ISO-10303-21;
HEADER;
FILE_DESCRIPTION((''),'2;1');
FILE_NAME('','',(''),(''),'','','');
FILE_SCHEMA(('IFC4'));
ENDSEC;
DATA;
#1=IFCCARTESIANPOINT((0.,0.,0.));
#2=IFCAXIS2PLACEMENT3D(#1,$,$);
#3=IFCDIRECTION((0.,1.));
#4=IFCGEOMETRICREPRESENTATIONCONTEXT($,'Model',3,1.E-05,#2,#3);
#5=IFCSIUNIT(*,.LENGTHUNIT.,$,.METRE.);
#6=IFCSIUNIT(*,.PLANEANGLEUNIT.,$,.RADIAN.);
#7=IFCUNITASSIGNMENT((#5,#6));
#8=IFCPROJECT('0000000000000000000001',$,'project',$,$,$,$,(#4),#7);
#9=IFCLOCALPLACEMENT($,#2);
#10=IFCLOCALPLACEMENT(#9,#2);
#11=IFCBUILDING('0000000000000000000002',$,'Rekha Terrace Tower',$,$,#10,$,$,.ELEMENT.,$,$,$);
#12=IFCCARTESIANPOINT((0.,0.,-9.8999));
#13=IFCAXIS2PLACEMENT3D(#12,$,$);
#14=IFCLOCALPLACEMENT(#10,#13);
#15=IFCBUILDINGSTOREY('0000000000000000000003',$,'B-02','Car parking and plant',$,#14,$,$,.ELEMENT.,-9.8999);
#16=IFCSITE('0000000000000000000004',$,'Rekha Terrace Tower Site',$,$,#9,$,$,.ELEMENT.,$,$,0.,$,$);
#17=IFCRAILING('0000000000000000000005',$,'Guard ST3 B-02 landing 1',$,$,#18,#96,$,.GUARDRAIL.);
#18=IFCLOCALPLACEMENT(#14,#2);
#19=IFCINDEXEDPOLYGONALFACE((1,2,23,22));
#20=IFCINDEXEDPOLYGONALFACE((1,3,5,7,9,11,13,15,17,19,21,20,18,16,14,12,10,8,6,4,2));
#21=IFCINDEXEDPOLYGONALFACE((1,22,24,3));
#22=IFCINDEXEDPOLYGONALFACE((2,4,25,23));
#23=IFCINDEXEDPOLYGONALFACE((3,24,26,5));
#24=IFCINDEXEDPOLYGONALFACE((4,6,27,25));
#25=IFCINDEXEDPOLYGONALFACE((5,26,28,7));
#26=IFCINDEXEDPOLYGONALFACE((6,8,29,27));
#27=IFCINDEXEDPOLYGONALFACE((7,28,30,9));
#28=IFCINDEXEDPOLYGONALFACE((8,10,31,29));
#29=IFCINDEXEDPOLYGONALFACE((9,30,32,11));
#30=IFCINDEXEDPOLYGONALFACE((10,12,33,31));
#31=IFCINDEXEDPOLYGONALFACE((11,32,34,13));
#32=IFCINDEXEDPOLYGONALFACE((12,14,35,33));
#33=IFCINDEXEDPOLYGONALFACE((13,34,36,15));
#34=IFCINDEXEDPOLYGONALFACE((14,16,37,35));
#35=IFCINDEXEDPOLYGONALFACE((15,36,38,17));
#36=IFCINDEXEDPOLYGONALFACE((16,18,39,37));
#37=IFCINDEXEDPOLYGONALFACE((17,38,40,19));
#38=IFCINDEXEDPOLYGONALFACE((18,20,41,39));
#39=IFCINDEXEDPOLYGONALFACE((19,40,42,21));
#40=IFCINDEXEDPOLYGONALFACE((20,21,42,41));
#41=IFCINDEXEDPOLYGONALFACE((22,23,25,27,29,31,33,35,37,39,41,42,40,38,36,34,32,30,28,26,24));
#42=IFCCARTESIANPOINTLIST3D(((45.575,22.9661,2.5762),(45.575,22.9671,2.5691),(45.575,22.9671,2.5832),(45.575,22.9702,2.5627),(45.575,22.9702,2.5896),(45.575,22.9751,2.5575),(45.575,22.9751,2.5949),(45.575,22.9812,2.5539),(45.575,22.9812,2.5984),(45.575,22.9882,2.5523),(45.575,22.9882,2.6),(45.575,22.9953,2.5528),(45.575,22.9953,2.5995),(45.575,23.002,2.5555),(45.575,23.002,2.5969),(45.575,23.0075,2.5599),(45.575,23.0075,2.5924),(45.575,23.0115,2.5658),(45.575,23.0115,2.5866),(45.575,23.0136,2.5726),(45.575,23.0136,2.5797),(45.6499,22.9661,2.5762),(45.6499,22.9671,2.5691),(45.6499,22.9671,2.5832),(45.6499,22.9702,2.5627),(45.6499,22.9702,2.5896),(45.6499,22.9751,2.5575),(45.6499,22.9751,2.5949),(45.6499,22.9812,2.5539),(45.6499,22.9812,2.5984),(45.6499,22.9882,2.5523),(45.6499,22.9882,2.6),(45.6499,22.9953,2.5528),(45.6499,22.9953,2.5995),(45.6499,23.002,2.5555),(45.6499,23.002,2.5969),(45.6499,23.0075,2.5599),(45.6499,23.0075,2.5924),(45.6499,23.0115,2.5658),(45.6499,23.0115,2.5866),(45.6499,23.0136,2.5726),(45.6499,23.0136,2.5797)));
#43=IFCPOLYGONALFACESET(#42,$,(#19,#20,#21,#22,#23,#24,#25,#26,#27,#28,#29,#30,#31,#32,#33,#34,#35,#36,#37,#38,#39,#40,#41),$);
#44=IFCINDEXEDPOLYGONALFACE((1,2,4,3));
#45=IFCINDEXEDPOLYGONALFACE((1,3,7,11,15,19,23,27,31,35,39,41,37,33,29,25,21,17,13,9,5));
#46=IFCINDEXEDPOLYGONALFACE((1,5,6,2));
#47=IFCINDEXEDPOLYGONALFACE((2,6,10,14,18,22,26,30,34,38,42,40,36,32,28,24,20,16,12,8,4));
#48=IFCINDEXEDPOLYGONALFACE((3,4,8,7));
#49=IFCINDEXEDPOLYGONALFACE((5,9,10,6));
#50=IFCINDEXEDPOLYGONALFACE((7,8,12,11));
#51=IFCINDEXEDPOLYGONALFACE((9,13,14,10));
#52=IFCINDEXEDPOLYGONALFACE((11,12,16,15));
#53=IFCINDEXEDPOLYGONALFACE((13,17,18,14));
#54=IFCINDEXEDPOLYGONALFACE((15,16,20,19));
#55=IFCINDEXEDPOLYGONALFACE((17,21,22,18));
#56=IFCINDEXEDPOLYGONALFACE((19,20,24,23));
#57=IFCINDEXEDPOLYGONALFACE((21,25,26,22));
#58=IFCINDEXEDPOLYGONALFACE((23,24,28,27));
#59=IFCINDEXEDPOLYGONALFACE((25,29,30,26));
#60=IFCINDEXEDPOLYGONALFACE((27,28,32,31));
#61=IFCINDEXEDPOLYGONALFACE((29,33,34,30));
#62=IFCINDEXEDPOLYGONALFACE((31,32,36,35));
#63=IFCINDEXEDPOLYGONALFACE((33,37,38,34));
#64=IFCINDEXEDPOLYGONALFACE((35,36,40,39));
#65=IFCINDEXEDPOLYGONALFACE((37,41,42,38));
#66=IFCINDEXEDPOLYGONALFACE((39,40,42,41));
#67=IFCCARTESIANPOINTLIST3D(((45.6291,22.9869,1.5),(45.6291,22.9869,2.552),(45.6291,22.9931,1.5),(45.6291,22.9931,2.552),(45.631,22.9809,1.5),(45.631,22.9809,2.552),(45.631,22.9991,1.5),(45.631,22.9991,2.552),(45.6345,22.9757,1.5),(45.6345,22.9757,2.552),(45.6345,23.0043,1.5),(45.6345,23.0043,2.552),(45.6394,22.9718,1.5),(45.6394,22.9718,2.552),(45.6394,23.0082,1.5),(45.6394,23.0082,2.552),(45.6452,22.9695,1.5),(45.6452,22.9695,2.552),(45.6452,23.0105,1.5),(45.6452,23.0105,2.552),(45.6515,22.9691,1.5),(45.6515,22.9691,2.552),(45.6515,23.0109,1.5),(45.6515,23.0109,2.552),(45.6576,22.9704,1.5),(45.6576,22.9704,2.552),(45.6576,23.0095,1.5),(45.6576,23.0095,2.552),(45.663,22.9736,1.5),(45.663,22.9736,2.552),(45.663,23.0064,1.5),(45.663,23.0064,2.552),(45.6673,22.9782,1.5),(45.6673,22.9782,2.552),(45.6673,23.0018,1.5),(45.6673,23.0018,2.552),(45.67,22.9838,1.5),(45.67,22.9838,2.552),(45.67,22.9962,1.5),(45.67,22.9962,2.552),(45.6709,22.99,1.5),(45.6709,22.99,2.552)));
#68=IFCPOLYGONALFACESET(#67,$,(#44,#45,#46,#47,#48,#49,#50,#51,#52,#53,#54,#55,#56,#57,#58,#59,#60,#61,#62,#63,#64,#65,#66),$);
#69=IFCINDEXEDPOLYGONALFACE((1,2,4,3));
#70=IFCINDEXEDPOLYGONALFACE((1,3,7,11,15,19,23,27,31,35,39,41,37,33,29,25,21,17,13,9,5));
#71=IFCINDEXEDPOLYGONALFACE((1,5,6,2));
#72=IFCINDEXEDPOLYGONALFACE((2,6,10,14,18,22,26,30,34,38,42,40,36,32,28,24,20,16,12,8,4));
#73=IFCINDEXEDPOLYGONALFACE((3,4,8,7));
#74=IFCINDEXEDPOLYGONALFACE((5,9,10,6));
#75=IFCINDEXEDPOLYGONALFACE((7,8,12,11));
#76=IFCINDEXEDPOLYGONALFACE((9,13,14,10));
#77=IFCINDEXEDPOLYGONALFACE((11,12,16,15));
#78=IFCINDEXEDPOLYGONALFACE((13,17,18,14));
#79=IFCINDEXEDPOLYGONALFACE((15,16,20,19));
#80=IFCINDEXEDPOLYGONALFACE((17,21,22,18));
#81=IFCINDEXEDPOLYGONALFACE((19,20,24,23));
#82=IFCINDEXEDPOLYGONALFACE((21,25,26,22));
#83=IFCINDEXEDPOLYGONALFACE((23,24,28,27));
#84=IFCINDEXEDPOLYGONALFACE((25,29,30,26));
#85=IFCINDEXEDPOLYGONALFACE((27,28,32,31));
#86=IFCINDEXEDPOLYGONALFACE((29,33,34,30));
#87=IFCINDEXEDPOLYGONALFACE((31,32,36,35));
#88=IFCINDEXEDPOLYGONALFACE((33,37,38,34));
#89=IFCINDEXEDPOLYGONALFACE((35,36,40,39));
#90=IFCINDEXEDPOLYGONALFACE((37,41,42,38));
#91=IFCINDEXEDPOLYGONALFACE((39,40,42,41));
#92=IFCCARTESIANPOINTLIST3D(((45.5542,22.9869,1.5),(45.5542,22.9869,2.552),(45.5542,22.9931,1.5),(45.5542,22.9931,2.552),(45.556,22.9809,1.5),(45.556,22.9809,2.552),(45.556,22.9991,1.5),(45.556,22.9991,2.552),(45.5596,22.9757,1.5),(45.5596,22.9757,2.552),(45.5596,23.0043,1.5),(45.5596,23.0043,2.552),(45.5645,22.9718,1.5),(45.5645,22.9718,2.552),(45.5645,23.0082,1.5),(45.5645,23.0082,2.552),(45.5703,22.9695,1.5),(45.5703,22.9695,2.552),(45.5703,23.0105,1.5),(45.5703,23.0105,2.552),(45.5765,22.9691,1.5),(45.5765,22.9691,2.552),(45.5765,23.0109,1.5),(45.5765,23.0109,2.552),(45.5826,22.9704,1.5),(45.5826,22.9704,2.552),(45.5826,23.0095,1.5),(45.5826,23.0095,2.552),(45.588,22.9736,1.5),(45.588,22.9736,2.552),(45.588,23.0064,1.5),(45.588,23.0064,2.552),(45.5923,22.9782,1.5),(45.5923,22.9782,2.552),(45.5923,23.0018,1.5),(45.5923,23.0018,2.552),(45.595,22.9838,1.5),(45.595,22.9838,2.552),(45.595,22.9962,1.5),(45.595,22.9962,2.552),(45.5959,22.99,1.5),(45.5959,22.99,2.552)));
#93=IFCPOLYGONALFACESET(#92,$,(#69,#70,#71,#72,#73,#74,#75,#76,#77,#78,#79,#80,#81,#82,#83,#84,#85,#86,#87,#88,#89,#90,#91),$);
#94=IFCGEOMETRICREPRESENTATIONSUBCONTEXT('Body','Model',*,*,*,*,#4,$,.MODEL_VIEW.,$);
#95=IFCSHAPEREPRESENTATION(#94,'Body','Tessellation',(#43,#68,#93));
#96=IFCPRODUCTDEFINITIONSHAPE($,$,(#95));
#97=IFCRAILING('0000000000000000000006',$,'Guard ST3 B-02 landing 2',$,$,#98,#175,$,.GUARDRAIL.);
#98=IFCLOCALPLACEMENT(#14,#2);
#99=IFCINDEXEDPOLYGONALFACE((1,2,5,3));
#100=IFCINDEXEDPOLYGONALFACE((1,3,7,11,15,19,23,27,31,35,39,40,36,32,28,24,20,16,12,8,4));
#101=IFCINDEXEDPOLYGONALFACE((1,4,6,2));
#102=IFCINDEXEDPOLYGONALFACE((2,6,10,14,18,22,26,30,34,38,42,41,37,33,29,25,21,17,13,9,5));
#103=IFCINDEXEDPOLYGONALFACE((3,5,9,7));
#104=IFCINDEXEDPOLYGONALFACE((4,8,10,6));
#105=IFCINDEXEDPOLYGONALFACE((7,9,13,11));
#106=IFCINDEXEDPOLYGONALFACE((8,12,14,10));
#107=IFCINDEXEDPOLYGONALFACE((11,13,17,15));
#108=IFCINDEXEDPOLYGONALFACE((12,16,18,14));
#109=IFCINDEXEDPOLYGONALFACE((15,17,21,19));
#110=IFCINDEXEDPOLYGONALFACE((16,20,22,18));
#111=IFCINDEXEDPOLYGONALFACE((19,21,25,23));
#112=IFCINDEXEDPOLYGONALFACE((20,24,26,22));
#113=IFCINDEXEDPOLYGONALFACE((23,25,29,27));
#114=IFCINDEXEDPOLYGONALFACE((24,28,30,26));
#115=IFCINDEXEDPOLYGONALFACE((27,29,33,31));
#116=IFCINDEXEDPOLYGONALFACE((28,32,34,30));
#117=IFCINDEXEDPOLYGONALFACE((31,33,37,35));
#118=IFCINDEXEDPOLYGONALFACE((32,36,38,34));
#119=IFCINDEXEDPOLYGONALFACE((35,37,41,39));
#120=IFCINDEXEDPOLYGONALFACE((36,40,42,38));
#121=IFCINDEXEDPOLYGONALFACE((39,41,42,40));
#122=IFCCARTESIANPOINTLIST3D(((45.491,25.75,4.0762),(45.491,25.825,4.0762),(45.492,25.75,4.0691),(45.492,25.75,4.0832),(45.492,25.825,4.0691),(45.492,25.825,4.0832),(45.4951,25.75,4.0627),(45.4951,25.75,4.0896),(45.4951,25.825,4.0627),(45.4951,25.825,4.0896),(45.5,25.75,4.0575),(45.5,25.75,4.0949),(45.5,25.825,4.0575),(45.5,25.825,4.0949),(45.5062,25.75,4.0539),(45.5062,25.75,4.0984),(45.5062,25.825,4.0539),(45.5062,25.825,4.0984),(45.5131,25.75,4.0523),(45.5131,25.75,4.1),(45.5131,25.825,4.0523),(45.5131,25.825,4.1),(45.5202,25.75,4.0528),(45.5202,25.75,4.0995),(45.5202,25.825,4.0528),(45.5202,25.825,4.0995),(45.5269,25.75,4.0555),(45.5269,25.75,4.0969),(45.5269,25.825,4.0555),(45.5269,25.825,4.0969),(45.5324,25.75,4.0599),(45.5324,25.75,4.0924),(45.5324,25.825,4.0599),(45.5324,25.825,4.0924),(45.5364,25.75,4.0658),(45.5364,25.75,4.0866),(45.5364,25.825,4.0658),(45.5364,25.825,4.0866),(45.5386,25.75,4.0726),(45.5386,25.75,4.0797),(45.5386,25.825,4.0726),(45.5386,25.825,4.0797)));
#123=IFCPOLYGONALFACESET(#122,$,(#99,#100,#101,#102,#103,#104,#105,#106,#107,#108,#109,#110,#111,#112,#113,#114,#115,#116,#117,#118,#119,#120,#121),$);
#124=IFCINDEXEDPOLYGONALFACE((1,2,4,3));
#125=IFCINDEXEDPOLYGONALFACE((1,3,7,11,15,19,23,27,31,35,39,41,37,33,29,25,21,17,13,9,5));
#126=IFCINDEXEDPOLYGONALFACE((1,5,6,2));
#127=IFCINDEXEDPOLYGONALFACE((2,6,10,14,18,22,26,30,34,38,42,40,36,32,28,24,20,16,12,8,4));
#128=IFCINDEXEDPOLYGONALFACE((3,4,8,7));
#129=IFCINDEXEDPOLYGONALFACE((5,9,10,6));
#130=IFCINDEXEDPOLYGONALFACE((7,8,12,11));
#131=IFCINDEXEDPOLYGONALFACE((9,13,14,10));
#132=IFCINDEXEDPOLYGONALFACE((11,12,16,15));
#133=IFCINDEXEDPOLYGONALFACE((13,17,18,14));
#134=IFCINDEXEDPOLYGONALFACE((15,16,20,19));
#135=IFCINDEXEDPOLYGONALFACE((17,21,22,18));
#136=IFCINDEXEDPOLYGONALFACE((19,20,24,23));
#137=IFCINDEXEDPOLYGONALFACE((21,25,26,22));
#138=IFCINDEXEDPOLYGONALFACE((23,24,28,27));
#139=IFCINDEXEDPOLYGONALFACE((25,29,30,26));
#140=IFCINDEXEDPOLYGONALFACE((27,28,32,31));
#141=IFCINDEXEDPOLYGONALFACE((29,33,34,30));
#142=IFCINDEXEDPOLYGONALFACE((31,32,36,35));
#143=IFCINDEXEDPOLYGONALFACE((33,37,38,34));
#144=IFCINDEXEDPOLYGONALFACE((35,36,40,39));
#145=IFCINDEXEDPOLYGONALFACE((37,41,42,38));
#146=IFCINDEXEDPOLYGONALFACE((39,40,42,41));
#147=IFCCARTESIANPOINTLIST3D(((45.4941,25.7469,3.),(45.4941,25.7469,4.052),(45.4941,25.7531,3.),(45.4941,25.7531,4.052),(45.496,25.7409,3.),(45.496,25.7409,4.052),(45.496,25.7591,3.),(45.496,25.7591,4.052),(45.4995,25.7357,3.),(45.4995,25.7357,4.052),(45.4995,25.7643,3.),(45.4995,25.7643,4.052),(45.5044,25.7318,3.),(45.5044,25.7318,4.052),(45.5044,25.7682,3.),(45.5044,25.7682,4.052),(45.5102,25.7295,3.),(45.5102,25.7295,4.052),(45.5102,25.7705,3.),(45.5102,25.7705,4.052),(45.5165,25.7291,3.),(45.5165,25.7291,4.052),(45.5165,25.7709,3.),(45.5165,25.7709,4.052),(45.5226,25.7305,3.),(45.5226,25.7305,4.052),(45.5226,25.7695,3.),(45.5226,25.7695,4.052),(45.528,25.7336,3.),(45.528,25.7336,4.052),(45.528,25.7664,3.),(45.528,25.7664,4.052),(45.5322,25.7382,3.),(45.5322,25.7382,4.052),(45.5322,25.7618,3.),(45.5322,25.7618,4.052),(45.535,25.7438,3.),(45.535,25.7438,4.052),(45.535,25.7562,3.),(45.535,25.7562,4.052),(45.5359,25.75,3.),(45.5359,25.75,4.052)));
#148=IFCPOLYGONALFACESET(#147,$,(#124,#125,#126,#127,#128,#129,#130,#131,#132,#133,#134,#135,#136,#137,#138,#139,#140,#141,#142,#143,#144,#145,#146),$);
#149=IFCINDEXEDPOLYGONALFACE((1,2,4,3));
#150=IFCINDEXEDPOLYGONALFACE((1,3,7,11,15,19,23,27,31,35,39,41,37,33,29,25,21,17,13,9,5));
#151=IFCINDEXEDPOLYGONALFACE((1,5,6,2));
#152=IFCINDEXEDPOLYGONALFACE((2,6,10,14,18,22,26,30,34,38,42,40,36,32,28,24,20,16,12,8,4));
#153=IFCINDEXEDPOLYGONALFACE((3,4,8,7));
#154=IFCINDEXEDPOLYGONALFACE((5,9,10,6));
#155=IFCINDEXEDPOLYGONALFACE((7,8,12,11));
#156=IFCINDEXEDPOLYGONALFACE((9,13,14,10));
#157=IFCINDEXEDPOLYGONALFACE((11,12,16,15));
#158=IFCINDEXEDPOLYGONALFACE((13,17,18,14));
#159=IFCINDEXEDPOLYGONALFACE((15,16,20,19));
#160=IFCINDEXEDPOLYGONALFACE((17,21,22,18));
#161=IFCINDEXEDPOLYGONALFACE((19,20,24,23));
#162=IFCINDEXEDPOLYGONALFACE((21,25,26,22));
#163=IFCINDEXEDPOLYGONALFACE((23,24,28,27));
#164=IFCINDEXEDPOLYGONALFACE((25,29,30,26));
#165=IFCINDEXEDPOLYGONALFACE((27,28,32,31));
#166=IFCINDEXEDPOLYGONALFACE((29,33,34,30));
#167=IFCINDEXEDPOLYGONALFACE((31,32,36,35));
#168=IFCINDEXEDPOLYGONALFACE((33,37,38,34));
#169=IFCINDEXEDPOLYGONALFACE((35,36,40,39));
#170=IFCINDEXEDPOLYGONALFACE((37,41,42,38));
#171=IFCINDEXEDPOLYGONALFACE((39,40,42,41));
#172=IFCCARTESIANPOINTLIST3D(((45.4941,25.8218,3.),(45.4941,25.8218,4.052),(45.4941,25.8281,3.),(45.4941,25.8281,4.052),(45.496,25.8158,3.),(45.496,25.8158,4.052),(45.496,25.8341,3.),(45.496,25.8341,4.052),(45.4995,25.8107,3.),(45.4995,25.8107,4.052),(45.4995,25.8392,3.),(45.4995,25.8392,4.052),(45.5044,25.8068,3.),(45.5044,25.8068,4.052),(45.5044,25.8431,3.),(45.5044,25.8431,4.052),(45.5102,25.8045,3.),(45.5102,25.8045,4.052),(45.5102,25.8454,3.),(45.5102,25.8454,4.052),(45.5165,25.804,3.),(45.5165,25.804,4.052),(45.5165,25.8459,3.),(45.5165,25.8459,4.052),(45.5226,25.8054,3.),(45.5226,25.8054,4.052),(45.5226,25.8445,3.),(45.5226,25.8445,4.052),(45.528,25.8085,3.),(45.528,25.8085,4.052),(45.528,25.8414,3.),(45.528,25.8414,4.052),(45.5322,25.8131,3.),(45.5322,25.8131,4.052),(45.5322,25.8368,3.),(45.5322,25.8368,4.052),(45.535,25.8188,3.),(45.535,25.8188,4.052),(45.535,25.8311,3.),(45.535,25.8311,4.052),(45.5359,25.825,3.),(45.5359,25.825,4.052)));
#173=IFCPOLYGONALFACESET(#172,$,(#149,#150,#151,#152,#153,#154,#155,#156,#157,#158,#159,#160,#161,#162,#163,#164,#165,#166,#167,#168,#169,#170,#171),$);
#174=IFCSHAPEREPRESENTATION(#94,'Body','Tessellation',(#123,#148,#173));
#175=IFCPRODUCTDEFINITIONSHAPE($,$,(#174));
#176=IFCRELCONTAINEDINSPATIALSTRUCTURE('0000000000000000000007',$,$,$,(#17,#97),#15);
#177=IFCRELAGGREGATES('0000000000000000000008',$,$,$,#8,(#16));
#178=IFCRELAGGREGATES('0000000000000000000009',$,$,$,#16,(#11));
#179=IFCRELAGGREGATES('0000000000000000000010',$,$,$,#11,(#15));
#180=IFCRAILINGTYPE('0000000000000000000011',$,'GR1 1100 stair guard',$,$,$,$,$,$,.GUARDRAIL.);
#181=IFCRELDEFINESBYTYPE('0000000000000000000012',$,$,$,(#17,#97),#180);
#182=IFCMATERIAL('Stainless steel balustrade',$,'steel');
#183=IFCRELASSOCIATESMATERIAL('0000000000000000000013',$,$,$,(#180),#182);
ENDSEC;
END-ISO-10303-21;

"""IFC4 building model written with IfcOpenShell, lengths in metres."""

from ifc_helpers import new_model, si_unit, direction, frame, origin, origin_2d, place, context, subcontext, project, spatial, circle, extrude, material, type_object, element, save


model = new_model("IFC4")

# Units and contexts
model_context = context("Model", 3, precision=1e-05, world=origin(), true_north=direction((0.0, 1.0)))
body_context = subcontext(model_context, "Body", "Model", "MODEL_VIEW")
ifc_project = project(units=[si_unit("LENGTHUNIT", "METRE"), si_unit("PLANEANGLEUNIT", "RADIAN")], contexts=[model_context])

# Site, building, storey
site_placement = place(None, origin())
site = spatial("IfcSite", under=ifc_project, at=site_placement, Name="Rekha Terrace Tower Site", CompositionType="ELEMENT", RefElevation=0.0)
building_placement = place(site_placement, origin())
building = spatial("IfcBuilding", under=site, at=building_placement, Name="Rekha Terrace Tower", CompositionType="ELEMENT")
storey_placement = place(building_placement, frame((0.0, 0.0, -9.8999)))
storey = spatial("IfcBuildingStorey", under=building, at=storey_placement, Name="B-02", Description="Car parking and plant", CompositionType="ELEMENT", Elevation=-9.8999)

# Railings
ifc_material_1 = material(Name="Stainless steel balustrade", Category="steel")
railing_type_1 = type_object("IfcRailingType", Name="GR1 1100 stair guard", PredefinedType="GUARDRAIL", material=ifc_material_1)
railing_1_placement = place(storey_placement, frame((45.6499, 22.99, 1.5)))
element("IfcRailing", 1, at=railing_1_placement, inside=storey, type_object=railing_type_1, Name="Guard ST3 B-02 landing 1", PredefinedType="GUARDRAIL", context=body_context, shape_type="SweptSolid", body=[
    extrude(circle(Radius=0.0239, at=origin_2d()), frame((0.0, 0.0, 1.0762), z_axis=(-1.0, 0.0, 0.0), x_axis=(0.0, -1.0, 0.0)), (0.0, 0.0, 1.0), 0.075),
    extrude(circle(Radius=0.021, at=origin_2d()), origin(), (0.0, 0.0, 1.0), 1.052),
    extrude(circle(Radius=0.021, at=origin_2d()), frame((-0.075, 0.0, 0.0)), (0.0, 0.0, 1.0), 1.052),
])
railing_2_placement = place(storey_placement, frame((45.5149, 25.75, 3.0)))
element("IfcRailing", 2, at=railing_2_placement, inside=storey, type_object=railing_type_1, Name="Guard ST3 B-02 landing 2", PredefinedType="GUARDRAIL", context=body_context, shape_type="SweptSolid", body=[
    extrude(circle(Radius=0.0239, at=origin_2d()), frame((0.0, 0.0, 1.0762), z_axis=(0.0, 1.0, 0.0), x_axis=(-1.0, 0.0, 0.0)), (0.0, 0.0, 1.0), 0.075),
    extrude(circle(Radius=0.021, at=origin_2d()), origin(), (0.0, 0.0, 1.0), 1.052),
    extrude(circle(Radius=0.021, at=origin_2d()), frame((0.0, 0.075, 0.0)), (0.0, 0.0, 1.0), 1.052),
])

save(model, "model.ifc")
